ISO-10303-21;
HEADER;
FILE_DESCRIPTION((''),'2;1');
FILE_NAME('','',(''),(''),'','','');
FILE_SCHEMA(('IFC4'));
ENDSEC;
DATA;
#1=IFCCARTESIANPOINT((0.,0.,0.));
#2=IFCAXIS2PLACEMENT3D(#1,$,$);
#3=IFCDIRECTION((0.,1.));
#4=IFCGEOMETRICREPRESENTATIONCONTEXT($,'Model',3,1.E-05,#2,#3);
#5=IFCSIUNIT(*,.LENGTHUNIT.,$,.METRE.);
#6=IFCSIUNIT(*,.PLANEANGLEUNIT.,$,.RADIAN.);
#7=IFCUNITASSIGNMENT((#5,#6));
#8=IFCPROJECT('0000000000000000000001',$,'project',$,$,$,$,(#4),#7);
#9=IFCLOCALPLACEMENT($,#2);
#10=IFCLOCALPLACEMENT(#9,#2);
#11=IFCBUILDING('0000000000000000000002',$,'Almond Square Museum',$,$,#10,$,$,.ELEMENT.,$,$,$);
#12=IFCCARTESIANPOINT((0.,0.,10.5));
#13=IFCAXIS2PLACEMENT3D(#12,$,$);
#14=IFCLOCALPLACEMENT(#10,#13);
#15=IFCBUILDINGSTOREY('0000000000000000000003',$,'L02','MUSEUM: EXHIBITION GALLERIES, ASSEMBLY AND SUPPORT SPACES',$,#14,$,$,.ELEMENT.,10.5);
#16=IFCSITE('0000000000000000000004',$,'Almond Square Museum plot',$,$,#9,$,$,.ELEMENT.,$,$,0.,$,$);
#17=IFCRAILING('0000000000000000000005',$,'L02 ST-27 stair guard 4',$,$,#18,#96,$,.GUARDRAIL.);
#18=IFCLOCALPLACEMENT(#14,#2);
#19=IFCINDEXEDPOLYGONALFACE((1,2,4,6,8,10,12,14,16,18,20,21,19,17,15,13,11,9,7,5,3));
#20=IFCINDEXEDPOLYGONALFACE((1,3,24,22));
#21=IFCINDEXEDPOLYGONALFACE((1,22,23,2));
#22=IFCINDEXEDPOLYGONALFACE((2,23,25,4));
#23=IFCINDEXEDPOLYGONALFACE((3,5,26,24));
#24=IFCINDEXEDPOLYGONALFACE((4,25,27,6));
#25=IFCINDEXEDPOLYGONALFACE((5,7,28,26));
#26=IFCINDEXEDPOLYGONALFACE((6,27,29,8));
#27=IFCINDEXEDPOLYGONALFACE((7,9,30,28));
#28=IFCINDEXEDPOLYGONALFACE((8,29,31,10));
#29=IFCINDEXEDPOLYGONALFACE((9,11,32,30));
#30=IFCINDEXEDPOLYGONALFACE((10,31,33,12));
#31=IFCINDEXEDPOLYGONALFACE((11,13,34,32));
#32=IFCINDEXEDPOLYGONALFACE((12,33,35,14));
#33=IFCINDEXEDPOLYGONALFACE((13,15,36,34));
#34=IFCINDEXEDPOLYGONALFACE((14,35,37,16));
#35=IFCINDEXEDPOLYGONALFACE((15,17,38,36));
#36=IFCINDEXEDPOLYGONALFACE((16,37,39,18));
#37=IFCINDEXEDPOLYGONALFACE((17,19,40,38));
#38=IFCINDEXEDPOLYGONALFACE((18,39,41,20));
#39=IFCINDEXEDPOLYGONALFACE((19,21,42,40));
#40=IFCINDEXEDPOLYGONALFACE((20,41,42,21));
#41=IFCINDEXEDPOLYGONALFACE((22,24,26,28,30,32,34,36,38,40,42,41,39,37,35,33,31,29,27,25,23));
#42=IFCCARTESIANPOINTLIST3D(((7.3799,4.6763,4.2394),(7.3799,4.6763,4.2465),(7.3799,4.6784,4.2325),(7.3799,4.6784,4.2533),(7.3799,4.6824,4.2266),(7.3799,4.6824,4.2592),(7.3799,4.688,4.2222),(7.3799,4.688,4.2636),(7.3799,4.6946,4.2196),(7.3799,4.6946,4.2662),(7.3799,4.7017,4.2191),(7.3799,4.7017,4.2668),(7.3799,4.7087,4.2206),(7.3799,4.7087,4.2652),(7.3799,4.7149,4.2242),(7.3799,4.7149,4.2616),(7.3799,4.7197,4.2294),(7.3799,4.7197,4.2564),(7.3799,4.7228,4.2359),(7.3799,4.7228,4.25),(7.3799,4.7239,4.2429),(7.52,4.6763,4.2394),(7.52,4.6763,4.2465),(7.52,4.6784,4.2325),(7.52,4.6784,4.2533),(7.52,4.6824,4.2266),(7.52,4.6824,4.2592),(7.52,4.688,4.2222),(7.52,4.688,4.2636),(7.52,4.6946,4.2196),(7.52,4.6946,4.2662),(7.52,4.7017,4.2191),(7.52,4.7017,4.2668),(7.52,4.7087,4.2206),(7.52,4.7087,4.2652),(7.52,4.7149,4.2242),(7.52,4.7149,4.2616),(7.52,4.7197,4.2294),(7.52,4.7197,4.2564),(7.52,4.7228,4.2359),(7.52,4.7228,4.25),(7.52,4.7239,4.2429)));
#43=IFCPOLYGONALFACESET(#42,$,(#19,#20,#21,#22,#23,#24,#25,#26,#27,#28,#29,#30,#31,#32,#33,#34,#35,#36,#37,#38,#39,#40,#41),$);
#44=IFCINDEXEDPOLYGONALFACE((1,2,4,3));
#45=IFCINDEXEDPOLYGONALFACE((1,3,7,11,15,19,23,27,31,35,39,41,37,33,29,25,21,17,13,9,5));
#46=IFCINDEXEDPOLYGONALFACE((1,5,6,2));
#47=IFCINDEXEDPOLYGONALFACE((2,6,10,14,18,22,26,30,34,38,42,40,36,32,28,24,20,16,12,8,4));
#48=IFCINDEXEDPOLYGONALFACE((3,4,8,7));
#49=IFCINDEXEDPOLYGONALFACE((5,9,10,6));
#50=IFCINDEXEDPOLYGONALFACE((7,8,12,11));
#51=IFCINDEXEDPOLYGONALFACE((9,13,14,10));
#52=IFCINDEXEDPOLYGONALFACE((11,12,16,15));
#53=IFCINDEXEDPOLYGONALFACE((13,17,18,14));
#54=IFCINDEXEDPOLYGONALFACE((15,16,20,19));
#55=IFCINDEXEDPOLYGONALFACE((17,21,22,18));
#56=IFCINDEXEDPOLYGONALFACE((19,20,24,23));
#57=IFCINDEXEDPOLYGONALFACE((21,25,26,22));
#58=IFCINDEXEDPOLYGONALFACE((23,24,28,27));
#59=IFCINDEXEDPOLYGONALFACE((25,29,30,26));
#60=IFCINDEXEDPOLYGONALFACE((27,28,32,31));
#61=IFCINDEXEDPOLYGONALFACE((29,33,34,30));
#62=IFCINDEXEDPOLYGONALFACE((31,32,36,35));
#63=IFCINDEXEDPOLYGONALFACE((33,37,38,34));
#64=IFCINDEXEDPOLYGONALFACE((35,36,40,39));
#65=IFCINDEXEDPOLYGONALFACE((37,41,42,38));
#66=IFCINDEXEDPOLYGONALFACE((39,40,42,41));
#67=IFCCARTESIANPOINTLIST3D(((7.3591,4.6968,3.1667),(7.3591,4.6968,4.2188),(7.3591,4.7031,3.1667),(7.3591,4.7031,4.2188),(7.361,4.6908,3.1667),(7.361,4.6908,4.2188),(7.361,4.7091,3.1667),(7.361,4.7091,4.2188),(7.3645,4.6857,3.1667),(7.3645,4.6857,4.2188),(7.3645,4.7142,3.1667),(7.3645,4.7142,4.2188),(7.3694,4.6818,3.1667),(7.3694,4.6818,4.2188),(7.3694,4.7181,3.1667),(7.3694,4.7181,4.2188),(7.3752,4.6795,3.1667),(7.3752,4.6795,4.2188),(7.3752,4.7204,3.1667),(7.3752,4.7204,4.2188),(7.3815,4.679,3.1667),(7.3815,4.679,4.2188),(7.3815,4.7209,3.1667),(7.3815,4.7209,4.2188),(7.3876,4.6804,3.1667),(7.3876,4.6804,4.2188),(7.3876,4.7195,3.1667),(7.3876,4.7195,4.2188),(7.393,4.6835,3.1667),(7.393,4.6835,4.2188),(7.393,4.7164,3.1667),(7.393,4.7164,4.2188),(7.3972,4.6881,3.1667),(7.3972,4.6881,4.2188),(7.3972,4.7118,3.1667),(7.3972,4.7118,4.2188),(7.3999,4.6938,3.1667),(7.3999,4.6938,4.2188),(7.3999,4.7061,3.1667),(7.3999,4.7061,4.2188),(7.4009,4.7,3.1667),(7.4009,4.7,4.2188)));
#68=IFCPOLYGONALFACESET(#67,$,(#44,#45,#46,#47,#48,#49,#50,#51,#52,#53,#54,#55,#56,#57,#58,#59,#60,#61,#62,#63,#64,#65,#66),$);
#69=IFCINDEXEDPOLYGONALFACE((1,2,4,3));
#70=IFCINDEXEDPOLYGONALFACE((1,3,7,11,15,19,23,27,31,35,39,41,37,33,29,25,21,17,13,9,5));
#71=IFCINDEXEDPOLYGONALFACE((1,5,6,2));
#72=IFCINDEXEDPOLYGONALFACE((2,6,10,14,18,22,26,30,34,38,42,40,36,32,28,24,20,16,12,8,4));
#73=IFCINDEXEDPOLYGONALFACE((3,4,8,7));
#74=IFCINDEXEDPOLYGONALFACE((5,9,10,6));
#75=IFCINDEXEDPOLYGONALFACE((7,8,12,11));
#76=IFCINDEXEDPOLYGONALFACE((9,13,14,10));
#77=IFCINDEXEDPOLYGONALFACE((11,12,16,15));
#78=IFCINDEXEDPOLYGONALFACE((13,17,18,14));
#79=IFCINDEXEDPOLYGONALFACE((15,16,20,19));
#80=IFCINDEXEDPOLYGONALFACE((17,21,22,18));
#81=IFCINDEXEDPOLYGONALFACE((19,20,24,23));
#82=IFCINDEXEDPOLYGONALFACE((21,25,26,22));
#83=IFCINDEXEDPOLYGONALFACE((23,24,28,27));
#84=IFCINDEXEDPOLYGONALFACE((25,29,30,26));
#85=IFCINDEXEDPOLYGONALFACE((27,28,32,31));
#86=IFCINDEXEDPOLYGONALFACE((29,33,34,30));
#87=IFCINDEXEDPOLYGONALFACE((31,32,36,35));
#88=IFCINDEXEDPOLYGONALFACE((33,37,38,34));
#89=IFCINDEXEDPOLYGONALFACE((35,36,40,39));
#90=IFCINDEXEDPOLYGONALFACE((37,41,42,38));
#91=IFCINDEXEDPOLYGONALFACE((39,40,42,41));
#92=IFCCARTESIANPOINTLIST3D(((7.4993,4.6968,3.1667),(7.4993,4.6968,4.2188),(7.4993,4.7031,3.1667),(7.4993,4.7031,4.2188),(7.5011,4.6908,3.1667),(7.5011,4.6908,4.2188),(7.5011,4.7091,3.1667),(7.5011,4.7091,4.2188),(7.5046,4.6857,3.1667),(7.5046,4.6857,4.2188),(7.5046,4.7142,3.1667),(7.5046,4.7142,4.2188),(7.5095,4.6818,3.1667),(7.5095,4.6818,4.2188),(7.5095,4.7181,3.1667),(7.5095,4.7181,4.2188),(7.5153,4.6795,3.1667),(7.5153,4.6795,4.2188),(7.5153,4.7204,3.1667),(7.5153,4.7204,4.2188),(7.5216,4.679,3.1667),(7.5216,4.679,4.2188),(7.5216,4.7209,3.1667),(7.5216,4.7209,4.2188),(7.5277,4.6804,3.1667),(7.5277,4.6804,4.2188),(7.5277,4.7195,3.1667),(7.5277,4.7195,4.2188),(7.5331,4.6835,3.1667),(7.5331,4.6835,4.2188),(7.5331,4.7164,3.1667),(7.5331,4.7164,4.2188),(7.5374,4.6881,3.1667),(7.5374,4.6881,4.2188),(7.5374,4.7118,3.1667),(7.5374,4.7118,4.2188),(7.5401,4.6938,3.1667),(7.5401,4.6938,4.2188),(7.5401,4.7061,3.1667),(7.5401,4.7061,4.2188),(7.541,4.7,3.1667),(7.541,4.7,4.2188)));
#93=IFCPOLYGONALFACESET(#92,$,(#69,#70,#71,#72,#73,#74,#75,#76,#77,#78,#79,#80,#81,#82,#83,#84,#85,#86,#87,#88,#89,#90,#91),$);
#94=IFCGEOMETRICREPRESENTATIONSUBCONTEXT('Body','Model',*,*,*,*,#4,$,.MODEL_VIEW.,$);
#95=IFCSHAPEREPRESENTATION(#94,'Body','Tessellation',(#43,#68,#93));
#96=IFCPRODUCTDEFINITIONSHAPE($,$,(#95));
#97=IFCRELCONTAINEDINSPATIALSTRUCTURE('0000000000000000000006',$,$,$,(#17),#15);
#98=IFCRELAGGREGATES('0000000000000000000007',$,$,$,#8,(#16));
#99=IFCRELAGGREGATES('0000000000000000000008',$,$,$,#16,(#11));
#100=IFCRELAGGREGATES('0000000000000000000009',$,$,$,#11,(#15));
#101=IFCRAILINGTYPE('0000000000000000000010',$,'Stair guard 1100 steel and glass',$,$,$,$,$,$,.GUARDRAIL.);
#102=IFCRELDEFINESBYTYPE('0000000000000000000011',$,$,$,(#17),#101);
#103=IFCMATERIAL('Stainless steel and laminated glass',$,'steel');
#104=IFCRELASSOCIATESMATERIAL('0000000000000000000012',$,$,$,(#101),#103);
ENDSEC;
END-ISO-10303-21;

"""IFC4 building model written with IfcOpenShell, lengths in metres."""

from ifc_helpers import new_model, si_unit, direction, frame, origin, origin_2d, place, context, subcontext, project, spatial, circle, extrude, material, type_object, element, save


model = new_model("IFC4")

# Units and contexts
model_context = context("Model", 3, precision=1e-05, world=origin(), true_north=direction((0.0, 1.0)))
body_context = subcontext(model_context, "Body", "Model", "MODEL_VIEW")
ifc_project = project(units=[si_unit("LENGTHUNIT", "METRE"), si_unit("PLANEANGLEUNIT", "RADIAN")], contexts=[model_context])

# Site, building, storey
site_placement = place(None, origin())
site = spatial("IfcSite", under=ifc_project, at=site_placement, Name="Almond Square Museum plot", CompositionType="ELEMENT", RefElevation=0.0)
building_placement = place(site_placement, origin())
building = spatial("IfcBuilding", under=site, at=building_placement, Name="Almond Square Museum", CompositionType="ELEMENT")
storey_placement = place(building_placement, frame((0.0, 0.0, 10.5)))
storey = spatial("IfcBuildingStorey", under=building, at=storey_placement, Name="L02", Description="MUSEUM: EXHIBITION GALLERIES, ASSEMBLY AND SUPPORT SPACES", CompositionType="ELEMENT", Elevation=10.5)

# Railing
ifc_material_1 = material(Name="Stainless steel and laminated glass", Category="steel")
railing_type_1 = type_object("IfcRailingType", Name="Stair guard 1100 steel and glass", PredefinedType="GUARDRAIL", material=ifc_material_1)
railing_1_placement = place(storey_placement, frame((7.3799, 4.7, 3.1667)))
element("IfcRailing", 1, at=railing_1_placement, inside=storey, type_object=railing_type_1, Name="L02 ST-27 stair guard 4", PredefinedType="GUARDRAIL", context=body_context, shape_type="SweptSolid", body=[
    extrude(circle(Radius=0.0239, at=origin_2d()), frame((0.0, 0.0, 1.0762), z_axis=(1.0, 0.0, 0.0), x_axis=(0.0, 1.0, 0.0)), (0.0, 0.0, 1.0), 0.1401),
    extrude(circle(Radius=0.021, at=origin_2d()), origin(), (0.0, 0.0, 1.0), 1.052),
    extrude(circle(Radius=0.021, at=origin_2d()), frame((0.1401, 0.0, 0.0)), (0.0, 0.0, 1.0), 1.052),
])

save(model, "model.ifc")
